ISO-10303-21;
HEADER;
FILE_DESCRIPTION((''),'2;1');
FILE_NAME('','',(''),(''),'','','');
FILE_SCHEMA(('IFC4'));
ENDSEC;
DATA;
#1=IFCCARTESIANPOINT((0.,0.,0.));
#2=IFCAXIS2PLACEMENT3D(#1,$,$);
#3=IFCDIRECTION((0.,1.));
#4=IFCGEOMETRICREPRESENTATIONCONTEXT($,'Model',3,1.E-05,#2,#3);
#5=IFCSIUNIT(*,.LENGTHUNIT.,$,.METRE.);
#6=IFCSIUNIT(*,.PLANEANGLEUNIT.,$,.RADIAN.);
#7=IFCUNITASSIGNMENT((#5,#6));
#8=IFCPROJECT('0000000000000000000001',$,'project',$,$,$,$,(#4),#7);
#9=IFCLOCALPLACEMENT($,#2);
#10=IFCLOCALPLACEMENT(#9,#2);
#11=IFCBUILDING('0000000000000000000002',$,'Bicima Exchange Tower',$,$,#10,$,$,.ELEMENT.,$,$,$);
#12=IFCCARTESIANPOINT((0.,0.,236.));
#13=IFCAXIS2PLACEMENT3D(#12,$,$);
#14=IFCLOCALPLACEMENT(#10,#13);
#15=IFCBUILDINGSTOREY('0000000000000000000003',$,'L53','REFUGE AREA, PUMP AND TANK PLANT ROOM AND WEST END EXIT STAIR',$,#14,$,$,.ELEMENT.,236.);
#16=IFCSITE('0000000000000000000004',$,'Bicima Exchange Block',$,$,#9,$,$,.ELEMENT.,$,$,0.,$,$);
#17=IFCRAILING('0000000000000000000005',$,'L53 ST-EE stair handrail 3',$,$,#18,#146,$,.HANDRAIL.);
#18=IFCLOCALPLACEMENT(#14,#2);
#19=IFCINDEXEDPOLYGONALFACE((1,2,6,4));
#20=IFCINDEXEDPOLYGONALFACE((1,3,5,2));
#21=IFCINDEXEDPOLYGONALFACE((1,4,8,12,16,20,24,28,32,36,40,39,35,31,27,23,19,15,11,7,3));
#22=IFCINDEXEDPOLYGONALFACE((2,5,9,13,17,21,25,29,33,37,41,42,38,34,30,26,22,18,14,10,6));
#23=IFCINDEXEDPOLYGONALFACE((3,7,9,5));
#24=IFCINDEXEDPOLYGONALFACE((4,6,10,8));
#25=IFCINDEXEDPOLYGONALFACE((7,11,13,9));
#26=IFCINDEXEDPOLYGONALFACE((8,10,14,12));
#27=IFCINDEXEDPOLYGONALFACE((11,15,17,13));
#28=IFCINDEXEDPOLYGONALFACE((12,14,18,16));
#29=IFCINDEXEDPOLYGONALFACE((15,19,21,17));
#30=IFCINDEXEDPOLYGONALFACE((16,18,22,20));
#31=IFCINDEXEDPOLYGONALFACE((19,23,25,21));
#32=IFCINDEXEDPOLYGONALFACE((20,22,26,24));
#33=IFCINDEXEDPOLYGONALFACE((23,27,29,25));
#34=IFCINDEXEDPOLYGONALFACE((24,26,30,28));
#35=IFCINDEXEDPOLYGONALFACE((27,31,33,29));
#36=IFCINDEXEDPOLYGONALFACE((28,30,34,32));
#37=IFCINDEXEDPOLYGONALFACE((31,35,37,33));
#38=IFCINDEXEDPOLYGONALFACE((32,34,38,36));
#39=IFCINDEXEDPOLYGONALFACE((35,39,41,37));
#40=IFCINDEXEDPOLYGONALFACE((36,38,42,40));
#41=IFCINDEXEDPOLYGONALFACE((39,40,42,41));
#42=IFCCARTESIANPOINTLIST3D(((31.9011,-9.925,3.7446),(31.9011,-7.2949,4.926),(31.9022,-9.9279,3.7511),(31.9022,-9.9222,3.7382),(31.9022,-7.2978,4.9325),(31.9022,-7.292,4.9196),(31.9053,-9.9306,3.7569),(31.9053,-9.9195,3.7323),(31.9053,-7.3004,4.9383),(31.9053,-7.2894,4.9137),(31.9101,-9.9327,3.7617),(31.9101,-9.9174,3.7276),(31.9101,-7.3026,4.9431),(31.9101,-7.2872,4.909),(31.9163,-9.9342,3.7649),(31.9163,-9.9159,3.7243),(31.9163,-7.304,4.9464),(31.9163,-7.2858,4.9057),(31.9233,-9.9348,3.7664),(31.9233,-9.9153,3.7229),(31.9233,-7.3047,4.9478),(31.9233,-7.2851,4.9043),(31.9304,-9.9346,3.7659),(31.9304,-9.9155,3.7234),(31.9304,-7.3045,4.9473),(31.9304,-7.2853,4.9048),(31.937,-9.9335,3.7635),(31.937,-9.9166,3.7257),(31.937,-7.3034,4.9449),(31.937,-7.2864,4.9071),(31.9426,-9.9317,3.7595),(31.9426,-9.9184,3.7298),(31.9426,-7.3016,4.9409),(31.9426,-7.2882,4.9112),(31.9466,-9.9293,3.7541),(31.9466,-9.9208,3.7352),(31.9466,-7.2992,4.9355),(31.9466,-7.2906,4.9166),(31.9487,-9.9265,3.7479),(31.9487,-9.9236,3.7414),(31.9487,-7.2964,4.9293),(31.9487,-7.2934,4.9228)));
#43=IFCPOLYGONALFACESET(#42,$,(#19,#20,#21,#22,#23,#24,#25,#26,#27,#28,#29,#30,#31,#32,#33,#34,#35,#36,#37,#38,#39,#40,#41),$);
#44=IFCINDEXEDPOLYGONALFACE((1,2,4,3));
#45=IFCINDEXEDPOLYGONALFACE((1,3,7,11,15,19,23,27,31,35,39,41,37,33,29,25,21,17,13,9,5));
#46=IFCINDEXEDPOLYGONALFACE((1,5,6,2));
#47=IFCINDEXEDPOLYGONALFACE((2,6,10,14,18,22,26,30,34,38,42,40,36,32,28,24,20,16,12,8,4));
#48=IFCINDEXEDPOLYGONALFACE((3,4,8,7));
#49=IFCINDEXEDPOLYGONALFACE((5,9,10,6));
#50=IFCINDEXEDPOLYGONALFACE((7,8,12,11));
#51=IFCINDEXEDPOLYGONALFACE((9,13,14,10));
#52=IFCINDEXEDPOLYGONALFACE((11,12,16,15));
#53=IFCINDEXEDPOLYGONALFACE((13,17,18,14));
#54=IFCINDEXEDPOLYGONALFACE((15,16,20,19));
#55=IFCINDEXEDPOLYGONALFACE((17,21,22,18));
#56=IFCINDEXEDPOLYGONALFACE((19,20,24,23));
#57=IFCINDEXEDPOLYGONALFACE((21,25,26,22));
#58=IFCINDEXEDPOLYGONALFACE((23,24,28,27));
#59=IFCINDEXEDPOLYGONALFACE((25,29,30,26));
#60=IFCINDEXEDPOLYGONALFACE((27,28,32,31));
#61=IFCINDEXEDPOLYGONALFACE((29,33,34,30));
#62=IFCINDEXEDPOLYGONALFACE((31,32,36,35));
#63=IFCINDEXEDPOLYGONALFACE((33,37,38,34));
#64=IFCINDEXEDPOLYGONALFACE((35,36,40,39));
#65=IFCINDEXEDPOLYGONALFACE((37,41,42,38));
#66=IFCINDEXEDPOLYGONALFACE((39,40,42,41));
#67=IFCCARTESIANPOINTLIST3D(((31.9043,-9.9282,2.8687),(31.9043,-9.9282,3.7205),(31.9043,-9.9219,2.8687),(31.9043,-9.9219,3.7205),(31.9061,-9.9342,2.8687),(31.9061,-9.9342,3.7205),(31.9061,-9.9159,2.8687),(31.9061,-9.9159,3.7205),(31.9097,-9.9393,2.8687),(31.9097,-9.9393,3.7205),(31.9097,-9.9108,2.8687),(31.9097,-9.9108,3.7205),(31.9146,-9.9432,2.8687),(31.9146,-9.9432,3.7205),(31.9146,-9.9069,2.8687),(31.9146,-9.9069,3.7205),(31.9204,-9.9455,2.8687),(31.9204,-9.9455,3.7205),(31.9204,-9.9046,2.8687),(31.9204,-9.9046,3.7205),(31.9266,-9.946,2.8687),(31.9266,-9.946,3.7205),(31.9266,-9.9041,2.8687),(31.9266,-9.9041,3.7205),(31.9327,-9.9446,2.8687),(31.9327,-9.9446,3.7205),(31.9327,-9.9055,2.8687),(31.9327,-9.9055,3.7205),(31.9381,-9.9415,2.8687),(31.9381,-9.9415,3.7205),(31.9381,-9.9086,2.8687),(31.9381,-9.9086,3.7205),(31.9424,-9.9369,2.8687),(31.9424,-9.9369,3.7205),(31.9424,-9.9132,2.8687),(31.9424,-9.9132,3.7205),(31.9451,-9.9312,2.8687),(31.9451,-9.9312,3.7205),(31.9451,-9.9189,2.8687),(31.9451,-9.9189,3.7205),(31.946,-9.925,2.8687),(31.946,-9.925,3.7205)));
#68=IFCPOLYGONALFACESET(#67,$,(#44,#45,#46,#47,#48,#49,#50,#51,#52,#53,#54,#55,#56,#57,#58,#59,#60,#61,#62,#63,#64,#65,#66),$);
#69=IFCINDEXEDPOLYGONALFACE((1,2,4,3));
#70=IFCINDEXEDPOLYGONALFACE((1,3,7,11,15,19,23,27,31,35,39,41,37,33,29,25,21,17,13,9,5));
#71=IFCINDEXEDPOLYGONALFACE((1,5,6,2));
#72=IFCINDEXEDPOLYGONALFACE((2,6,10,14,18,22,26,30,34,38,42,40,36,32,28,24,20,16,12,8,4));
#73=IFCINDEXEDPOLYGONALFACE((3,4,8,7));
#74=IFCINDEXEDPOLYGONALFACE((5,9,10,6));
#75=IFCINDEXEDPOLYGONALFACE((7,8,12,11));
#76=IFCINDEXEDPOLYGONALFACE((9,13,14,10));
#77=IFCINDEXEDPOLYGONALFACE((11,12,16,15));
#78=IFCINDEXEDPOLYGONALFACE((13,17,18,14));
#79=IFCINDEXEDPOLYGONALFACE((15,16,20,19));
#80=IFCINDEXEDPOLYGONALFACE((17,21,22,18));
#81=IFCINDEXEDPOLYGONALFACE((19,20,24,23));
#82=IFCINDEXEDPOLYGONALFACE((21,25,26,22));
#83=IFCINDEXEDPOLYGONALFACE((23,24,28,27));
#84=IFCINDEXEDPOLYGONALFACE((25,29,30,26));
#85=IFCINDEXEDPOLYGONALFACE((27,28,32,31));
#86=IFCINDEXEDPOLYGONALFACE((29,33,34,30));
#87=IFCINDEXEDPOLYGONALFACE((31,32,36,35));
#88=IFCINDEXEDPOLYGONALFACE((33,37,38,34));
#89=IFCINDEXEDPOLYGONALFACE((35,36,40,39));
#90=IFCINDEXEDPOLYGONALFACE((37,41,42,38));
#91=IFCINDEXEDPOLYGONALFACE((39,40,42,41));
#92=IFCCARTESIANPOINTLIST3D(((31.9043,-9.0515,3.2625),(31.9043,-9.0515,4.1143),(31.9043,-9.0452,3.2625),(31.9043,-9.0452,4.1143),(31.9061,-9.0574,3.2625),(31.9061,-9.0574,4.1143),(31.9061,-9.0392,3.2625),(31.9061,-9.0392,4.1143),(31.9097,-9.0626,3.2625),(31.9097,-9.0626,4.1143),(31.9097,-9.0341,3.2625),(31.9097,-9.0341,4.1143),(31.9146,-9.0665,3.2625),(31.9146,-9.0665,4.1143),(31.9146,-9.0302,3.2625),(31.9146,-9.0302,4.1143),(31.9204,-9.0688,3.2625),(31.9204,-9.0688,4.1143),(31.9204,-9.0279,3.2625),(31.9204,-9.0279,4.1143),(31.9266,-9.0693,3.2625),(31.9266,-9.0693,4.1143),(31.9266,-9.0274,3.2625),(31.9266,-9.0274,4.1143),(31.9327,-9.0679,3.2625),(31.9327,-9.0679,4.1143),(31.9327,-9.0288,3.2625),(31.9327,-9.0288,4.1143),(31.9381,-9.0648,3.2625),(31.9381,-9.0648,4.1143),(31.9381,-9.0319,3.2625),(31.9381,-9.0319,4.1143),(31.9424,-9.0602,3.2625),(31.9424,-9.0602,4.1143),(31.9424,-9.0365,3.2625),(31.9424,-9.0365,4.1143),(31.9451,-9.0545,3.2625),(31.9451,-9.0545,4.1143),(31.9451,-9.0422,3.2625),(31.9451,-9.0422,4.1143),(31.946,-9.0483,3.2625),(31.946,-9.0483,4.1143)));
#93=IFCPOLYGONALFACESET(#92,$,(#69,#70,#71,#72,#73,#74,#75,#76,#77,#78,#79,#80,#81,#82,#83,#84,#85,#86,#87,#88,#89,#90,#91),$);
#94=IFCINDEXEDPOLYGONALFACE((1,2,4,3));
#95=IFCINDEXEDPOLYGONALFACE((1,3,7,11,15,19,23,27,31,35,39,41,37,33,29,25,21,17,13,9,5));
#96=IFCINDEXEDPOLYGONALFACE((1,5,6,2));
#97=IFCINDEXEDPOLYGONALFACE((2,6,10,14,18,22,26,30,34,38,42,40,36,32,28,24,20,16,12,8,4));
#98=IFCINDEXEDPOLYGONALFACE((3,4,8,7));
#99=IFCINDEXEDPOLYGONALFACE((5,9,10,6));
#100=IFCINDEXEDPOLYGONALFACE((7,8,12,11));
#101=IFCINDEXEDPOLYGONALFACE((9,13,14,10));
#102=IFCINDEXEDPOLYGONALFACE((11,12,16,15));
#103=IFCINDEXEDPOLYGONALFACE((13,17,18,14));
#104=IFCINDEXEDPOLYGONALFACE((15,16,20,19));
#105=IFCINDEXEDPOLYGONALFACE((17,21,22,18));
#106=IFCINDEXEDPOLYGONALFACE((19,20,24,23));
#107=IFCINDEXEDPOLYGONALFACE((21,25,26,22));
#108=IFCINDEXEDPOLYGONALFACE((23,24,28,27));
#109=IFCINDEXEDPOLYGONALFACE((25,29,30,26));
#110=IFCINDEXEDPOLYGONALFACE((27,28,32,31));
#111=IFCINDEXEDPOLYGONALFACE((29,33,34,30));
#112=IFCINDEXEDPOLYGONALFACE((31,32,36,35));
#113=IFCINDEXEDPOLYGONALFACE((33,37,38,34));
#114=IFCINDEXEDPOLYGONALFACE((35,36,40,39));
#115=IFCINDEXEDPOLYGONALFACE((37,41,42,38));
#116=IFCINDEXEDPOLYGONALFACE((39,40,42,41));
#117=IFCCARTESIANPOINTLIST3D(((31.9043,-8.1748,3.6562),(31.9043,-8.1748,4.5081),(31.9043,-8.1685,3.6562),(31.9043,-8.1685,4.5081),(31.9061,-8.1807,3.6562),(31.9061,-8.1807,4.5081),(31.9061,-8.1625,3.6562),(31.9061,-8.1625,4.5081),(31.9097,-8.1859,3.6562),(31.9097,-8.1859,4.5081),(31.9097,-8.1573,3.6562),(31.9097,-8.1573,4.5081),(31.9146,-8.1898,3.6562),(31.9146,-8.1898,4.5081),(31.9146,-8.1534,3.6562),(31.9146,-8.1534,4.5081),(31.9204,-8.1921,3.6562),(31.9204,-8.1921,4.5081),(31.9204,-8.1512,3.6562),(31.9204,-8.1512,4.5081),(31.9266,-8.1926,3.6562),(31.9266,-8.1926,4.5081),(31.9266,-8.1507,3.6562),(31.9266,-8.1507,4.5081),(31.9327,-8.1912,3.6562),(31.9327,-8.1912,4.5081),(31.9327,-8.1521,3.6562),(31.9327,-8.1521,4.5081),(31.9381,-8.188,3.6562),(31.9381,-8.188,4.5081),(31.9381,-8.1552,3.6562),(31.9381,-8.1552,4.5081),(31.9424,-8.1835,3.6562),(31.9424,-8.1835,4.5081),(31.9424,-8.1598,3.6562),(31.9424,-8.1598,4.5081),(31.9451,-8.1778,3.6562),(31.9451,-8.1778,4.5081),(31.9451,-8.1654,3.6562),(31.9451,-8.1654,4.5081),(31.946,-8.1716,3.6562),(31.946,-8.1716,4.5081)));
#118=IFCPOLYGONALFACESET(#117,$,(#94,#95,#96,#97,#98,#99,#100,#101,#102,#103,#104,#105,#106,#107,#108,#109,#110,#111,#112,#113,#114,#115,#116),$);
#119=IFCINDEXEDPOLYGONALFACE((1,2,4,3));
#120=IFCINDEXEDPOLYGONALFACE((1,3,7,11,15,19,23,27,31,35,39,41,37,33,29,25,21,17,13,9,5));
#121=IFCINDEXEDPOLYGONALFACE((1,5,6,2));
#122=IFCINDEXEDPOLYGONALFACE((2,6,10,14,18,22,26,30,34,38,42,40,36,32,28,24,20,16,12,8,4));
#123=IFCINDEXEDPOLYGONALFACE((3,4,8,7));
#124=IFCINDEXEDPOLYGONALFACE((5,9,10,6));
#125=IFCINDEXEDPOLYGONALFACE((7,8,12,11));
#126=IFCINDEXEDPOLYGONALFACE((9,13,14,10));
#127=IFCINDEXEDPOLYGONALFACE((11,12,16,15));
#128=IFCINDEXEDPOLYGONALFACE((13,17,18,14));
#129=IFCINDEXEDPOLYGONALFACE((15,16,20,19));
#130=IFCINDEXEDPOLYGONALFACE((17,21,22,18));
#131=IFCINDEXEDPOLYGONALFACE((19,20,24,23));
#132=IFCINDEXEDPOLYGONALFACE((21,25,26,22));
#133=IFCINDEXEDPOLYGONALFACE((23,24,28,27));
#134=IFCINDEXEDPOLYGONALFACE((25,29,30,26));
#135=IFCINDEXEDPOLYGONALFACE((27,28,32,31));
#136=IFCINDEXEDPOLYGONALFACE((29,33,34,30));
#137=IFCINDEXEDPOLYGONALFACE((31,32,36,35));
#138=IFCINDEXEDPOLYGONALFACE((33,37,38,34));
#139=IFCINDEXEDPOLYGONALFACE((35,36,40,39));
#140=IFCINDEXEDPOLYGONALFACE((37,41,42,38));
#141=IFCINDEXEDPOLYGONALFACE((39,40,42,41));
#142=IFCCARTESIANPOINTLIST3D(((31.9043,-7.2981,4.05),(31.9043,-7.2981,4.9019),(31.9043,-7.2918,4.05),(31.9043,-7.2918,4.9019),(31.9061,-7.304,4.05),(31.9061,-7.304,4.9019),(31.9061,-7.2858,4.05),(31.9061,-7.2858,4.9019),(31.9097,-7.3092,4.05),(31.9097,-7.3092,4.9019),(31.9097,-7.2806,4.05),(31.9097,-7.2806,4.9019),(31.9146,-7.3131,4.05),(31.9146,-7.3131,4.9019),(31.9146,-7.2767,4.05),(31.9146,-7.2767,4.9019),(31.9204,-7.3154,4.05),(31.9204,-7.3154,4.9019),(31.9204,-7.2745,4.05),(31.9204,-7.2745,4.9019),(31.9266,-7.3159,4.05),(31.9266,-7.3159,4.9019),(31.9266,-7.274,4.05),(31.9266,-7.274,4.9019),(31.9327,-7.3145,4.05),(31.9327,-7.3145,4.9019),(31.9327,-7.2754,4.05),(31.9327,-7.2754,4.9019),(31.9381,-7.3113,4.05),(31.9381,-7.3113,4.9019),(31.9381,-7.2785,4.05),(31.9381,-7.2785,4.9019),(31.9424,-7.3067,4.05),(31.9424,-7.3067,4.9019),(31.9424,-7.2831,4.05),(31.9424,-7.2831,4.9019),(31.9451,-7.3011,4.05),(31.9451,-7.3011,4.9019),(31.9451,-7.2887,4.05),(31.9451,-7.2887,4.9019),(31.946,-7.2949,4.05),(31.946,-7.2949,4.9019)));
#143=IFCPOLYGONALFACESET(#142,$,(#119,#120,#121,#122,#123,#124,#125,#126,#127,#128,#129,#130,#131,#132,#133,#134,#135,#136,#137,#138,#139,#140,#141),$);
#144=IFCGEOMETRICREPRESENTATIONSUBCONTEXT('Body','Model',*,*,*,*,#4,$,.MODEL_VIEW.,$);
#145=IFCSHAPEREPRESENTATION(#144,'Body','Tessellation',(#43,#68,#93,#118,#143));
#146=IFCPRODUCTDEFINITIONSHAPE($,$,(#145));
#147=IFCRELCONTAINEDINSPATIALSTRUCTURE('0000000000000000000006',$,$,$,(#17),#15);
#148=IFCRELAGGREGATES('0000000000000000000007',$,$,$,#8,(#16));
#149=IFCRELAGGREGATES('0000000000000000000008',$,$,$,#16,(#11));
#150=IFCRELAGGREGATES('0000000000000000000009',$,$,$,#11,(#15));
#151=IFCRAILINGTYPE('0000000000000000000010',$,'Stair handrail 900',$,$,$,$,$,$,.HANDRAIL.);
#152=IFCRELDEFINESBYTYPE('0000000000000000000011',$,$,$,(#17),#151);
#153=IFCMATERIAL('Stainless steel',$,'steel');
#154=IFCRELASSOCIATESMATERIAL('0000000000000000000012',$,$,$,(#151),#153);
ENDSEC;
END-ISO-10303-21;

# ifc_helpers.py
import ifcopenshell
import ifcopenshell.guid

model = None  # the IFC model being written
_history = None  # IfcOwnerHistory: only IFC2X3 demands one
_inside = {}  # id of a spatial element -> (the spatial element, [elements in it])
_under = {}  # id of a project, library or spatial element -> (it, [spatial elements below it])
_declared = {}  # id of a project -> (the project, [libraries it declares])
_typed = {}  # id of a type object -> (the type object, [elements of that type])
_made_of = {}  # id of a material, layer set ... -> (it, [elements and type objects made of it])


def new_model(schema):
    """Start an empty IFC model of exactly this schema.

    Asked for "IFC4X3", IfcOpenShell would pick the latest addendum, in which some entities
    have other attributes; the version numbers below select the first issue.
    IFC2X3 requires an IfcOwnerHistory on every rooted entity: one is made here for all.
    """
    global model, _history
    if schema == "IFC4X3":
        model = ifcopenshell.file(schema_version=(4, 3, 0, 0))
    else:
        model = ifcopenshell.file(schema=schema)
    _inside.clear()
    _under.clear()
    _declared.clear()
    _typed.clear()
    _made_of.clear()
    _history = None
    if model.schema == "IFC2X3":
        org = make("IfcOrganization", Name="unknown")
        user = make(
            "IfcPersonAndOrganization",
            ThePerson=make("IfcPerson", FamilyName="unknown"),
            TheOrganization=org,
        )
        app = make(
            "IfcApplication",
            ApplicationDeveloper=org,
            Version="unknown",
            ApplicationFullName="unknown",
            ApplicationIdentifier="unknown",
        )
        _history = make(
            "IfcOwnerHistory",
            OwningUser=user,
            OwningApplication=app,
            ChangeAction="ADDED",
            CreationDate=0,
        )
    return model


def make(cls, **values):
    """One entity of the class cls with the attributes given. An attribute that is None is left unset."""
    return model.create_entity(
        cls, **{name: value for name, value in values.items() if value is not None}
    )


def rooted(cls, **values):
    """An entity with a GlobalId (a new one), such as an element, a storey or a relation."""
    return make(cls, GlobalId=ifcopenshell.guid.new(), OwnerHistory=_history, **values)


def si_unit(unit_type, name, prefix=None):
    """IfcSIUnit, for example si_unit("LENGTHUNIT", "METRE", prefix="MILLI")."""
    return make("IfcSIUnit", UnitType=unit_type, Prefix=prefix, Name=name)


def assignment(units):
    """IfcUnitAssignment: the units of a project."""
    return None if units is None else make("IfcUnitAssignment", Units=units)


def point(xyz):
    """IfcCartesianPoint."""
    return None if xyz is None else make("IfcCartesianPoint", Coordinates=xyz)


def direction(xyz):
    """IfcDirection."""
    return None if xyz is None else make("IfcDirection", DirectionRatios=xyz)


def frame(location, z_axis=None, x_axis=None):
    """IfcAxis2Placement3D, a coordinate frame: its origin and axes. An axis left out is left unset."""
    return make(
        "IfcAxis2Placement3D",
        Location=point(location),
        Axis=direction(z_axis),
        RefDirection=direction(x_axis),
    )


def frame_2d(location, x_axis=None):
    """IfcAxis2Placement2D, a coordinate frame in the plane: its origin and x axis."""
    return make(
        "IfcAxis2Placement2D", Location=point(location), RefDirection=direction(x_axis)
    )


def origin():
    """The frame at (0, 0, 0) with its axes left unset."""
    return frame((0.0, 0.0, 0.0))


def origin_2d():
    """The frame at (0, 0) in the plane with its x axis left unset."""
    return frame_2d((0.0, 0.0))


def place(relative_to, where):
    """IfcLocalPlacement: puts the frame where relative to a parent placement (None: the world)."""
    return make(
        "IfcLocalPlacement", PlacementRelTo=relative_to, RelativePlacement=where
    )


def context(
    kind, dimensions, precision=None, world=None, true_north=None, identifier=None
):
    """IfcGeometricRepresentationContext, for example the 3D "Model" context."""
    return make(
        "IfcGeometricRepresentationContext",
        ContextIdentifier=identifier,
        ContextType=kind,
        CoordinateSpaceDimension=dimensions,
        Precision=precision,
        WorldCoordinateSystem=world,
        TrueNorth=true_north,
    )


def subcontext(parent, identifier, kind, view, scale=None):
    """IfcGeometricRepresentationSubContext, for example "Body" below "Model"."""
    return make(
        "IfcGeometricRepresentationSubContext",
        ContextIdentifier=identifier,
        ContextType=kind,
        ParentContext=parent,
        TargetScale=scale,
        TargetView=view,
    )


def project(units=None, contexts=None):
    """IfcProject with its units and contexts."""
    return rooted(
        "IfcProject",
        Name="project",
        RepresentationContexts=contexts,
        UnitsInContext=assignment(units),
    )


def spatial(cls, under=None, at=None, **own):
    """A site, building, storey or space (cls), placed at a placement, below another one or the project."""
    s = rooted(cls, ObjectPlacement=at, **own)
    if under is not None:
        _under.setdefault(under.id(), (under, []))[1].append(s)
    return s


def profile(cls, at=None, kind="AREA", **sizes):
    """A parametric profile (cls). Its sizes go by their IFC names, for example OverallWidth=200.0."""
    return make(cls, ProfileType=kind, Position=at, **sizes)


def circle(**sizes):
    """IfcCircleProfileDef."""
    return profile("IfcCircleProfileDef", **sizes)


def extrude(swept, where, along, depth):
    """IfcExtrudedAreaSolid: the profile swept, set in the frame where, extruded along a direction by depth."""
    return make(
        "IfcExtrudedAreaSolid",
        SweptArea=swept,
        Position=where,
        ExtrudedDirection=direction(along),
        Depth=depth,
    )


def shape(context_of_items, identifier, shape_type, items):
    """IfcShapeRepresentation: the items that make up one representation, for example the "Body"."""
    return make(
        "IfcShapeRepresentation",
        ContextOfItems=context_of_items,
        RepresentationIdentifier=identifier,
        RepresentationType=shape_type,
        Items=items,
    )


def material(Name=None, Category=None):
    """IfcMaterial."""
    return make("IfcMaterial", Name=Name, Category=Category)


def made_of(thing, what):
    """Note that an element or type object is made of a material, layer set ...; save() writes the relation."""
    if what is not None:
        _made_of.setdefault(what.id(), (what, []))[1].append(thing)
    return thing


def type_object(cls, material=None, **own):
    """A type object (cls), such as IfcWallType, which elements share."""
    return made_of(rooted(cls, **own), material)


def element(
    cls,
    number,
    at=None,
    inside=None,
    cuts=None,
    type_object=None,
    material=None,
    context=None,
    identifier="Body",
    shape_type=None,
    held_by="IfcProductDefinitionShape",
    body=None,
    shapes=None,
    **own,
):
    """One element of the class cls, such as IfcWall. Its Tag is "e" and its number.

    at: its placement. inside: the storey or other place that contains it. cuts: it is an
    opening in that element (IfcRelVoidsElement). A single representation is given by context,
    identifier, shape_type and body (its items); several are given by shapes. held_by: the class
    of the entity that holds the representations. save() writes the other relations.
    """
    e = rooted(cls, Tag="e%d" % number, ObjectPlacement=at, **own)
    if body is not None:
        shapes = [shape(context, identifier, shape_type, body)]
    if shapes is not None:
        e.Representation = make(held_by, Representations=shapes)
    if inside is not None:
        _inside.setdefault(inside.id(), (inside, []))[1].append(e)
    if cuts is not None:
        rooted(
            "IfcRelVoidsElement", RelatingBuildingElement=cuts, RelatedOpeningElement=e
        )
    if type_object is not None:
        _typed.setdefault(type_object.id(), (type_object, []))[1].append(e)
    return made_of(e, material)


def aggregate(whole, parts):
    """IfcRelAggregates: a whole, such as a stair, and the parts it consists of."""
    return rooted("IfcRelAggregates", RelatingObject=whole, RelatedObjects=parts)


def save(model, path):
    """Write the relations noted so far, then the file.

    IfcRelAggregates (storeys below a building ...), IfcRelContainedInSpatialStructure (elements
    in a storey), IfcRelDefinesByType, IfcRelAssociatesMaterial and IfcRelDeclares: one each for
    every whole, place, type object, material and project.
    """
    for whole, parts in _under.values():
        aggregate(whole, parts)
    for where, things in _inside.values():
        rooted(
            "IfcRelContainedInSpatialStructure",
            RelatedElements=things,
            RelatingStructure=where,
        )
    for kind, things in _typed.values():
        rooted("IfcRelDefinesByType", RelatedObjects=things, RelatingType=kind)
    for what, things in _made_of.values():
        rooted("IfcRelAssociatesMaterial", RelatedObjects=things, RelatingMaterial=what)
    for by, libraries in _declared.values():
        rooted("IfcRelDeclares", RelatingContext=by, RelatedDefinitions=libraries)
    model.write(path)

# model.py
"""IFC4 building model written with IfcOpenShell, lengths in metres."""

from ifc_helpers import new_model, si_unit, direction, frame, origin, origin_2d, place, context, subcontext, project, spatial, circle, extrude, material, type_object, element, save


model = new_model("IFC4")

# Units and contexts
model_context = context("Model", 3, precision=1e-05, world=origin(), true_north=direction((0.0, 1.0)))
body_context = subcontext(model_context, "Body", "Model", "MODEL_VIEW")
ifc_project = project(units=[si_unit("LENGTHUNIT", "METRE"), si_unit("PLANEANGLEUNIT", "RADIAN")], contexts=[model_context])

# Site, building, storey
site_placement = place(None, origin())
site = spatial("IfcSite", under=ifc_project, at=site_placement, Name="Bicima Exchange Block", CompositionType="ELEMENT", RefElevation=0.0)
building_placement = place(site_placement, origin())
building = spatial("IfcBuilding", under=site, at=building_placement, Name="Bicima Exchange Tower", CompositionType="ELEMENT")
storey_placement = place(building_placement, frame((0.0, 0.0, 236.0)))
storey = spatial("IfcBuildingStorey", under=building, at=storey_placement, Name="L53", Description="REFUGE AREA, PUMP AND TANK PLANT ROOM AND WEST END EXIT STAIR", CompositionType="ELEMENT", Elevation=236.0)

# Railing
ifc_material_1 = material(Name="Stainless steel", Category="steel")
railing_type_1 = type_object("IfcRailingType", Name="Stair handrail 900", PredefinedType="HANDRAIL", material=ifc_material_1)
railing_1_placement = place(storey_placement, frame((31.925, -9.925, 2.8687)))
element("IfcRailing", 1, at=railing_1_placement, inside=storey, type_object=railing_type_1, Name="L53 ST-EE stair handrail 3", PredefinedType="HANDRAIL", context=body_context, shape_type="SweptSolid", body=[
    extrude(circle(Radius=0.0239, at=origin_2d()), frame((0.0, 0.0, 0.876), z_axis=(0.0, 0.912202, 0.409741), x_axis=(-1.0, 0.0, 0.0)), (0.0, 0.0, 1.0), 2.8833),
    extrude(circle(Radius=0.021, at=origin_2d()), origin(), (0.0, 0.0, 1.0), 0.8518),
    extrude(circle(Radius=0.021, at=origin_2d()), frame((0.0, 0.8767, 0.3938)), (0.0, 0.0, 1.0), 0.8518),
    extrude(circle(Radius=0.021, at=origin_2d()), frame((0.0, 1.7534, 0.7876)), (0.0, 0.0, 1.0), 0.8518),
    extrude(circle(Radius=0.021, at=origin_2d()), frame((0.0, 2.6301, 1.1814)), (0.0, 0.0, 1.0), 0.8518),
])

save(model, "model.ifc")
